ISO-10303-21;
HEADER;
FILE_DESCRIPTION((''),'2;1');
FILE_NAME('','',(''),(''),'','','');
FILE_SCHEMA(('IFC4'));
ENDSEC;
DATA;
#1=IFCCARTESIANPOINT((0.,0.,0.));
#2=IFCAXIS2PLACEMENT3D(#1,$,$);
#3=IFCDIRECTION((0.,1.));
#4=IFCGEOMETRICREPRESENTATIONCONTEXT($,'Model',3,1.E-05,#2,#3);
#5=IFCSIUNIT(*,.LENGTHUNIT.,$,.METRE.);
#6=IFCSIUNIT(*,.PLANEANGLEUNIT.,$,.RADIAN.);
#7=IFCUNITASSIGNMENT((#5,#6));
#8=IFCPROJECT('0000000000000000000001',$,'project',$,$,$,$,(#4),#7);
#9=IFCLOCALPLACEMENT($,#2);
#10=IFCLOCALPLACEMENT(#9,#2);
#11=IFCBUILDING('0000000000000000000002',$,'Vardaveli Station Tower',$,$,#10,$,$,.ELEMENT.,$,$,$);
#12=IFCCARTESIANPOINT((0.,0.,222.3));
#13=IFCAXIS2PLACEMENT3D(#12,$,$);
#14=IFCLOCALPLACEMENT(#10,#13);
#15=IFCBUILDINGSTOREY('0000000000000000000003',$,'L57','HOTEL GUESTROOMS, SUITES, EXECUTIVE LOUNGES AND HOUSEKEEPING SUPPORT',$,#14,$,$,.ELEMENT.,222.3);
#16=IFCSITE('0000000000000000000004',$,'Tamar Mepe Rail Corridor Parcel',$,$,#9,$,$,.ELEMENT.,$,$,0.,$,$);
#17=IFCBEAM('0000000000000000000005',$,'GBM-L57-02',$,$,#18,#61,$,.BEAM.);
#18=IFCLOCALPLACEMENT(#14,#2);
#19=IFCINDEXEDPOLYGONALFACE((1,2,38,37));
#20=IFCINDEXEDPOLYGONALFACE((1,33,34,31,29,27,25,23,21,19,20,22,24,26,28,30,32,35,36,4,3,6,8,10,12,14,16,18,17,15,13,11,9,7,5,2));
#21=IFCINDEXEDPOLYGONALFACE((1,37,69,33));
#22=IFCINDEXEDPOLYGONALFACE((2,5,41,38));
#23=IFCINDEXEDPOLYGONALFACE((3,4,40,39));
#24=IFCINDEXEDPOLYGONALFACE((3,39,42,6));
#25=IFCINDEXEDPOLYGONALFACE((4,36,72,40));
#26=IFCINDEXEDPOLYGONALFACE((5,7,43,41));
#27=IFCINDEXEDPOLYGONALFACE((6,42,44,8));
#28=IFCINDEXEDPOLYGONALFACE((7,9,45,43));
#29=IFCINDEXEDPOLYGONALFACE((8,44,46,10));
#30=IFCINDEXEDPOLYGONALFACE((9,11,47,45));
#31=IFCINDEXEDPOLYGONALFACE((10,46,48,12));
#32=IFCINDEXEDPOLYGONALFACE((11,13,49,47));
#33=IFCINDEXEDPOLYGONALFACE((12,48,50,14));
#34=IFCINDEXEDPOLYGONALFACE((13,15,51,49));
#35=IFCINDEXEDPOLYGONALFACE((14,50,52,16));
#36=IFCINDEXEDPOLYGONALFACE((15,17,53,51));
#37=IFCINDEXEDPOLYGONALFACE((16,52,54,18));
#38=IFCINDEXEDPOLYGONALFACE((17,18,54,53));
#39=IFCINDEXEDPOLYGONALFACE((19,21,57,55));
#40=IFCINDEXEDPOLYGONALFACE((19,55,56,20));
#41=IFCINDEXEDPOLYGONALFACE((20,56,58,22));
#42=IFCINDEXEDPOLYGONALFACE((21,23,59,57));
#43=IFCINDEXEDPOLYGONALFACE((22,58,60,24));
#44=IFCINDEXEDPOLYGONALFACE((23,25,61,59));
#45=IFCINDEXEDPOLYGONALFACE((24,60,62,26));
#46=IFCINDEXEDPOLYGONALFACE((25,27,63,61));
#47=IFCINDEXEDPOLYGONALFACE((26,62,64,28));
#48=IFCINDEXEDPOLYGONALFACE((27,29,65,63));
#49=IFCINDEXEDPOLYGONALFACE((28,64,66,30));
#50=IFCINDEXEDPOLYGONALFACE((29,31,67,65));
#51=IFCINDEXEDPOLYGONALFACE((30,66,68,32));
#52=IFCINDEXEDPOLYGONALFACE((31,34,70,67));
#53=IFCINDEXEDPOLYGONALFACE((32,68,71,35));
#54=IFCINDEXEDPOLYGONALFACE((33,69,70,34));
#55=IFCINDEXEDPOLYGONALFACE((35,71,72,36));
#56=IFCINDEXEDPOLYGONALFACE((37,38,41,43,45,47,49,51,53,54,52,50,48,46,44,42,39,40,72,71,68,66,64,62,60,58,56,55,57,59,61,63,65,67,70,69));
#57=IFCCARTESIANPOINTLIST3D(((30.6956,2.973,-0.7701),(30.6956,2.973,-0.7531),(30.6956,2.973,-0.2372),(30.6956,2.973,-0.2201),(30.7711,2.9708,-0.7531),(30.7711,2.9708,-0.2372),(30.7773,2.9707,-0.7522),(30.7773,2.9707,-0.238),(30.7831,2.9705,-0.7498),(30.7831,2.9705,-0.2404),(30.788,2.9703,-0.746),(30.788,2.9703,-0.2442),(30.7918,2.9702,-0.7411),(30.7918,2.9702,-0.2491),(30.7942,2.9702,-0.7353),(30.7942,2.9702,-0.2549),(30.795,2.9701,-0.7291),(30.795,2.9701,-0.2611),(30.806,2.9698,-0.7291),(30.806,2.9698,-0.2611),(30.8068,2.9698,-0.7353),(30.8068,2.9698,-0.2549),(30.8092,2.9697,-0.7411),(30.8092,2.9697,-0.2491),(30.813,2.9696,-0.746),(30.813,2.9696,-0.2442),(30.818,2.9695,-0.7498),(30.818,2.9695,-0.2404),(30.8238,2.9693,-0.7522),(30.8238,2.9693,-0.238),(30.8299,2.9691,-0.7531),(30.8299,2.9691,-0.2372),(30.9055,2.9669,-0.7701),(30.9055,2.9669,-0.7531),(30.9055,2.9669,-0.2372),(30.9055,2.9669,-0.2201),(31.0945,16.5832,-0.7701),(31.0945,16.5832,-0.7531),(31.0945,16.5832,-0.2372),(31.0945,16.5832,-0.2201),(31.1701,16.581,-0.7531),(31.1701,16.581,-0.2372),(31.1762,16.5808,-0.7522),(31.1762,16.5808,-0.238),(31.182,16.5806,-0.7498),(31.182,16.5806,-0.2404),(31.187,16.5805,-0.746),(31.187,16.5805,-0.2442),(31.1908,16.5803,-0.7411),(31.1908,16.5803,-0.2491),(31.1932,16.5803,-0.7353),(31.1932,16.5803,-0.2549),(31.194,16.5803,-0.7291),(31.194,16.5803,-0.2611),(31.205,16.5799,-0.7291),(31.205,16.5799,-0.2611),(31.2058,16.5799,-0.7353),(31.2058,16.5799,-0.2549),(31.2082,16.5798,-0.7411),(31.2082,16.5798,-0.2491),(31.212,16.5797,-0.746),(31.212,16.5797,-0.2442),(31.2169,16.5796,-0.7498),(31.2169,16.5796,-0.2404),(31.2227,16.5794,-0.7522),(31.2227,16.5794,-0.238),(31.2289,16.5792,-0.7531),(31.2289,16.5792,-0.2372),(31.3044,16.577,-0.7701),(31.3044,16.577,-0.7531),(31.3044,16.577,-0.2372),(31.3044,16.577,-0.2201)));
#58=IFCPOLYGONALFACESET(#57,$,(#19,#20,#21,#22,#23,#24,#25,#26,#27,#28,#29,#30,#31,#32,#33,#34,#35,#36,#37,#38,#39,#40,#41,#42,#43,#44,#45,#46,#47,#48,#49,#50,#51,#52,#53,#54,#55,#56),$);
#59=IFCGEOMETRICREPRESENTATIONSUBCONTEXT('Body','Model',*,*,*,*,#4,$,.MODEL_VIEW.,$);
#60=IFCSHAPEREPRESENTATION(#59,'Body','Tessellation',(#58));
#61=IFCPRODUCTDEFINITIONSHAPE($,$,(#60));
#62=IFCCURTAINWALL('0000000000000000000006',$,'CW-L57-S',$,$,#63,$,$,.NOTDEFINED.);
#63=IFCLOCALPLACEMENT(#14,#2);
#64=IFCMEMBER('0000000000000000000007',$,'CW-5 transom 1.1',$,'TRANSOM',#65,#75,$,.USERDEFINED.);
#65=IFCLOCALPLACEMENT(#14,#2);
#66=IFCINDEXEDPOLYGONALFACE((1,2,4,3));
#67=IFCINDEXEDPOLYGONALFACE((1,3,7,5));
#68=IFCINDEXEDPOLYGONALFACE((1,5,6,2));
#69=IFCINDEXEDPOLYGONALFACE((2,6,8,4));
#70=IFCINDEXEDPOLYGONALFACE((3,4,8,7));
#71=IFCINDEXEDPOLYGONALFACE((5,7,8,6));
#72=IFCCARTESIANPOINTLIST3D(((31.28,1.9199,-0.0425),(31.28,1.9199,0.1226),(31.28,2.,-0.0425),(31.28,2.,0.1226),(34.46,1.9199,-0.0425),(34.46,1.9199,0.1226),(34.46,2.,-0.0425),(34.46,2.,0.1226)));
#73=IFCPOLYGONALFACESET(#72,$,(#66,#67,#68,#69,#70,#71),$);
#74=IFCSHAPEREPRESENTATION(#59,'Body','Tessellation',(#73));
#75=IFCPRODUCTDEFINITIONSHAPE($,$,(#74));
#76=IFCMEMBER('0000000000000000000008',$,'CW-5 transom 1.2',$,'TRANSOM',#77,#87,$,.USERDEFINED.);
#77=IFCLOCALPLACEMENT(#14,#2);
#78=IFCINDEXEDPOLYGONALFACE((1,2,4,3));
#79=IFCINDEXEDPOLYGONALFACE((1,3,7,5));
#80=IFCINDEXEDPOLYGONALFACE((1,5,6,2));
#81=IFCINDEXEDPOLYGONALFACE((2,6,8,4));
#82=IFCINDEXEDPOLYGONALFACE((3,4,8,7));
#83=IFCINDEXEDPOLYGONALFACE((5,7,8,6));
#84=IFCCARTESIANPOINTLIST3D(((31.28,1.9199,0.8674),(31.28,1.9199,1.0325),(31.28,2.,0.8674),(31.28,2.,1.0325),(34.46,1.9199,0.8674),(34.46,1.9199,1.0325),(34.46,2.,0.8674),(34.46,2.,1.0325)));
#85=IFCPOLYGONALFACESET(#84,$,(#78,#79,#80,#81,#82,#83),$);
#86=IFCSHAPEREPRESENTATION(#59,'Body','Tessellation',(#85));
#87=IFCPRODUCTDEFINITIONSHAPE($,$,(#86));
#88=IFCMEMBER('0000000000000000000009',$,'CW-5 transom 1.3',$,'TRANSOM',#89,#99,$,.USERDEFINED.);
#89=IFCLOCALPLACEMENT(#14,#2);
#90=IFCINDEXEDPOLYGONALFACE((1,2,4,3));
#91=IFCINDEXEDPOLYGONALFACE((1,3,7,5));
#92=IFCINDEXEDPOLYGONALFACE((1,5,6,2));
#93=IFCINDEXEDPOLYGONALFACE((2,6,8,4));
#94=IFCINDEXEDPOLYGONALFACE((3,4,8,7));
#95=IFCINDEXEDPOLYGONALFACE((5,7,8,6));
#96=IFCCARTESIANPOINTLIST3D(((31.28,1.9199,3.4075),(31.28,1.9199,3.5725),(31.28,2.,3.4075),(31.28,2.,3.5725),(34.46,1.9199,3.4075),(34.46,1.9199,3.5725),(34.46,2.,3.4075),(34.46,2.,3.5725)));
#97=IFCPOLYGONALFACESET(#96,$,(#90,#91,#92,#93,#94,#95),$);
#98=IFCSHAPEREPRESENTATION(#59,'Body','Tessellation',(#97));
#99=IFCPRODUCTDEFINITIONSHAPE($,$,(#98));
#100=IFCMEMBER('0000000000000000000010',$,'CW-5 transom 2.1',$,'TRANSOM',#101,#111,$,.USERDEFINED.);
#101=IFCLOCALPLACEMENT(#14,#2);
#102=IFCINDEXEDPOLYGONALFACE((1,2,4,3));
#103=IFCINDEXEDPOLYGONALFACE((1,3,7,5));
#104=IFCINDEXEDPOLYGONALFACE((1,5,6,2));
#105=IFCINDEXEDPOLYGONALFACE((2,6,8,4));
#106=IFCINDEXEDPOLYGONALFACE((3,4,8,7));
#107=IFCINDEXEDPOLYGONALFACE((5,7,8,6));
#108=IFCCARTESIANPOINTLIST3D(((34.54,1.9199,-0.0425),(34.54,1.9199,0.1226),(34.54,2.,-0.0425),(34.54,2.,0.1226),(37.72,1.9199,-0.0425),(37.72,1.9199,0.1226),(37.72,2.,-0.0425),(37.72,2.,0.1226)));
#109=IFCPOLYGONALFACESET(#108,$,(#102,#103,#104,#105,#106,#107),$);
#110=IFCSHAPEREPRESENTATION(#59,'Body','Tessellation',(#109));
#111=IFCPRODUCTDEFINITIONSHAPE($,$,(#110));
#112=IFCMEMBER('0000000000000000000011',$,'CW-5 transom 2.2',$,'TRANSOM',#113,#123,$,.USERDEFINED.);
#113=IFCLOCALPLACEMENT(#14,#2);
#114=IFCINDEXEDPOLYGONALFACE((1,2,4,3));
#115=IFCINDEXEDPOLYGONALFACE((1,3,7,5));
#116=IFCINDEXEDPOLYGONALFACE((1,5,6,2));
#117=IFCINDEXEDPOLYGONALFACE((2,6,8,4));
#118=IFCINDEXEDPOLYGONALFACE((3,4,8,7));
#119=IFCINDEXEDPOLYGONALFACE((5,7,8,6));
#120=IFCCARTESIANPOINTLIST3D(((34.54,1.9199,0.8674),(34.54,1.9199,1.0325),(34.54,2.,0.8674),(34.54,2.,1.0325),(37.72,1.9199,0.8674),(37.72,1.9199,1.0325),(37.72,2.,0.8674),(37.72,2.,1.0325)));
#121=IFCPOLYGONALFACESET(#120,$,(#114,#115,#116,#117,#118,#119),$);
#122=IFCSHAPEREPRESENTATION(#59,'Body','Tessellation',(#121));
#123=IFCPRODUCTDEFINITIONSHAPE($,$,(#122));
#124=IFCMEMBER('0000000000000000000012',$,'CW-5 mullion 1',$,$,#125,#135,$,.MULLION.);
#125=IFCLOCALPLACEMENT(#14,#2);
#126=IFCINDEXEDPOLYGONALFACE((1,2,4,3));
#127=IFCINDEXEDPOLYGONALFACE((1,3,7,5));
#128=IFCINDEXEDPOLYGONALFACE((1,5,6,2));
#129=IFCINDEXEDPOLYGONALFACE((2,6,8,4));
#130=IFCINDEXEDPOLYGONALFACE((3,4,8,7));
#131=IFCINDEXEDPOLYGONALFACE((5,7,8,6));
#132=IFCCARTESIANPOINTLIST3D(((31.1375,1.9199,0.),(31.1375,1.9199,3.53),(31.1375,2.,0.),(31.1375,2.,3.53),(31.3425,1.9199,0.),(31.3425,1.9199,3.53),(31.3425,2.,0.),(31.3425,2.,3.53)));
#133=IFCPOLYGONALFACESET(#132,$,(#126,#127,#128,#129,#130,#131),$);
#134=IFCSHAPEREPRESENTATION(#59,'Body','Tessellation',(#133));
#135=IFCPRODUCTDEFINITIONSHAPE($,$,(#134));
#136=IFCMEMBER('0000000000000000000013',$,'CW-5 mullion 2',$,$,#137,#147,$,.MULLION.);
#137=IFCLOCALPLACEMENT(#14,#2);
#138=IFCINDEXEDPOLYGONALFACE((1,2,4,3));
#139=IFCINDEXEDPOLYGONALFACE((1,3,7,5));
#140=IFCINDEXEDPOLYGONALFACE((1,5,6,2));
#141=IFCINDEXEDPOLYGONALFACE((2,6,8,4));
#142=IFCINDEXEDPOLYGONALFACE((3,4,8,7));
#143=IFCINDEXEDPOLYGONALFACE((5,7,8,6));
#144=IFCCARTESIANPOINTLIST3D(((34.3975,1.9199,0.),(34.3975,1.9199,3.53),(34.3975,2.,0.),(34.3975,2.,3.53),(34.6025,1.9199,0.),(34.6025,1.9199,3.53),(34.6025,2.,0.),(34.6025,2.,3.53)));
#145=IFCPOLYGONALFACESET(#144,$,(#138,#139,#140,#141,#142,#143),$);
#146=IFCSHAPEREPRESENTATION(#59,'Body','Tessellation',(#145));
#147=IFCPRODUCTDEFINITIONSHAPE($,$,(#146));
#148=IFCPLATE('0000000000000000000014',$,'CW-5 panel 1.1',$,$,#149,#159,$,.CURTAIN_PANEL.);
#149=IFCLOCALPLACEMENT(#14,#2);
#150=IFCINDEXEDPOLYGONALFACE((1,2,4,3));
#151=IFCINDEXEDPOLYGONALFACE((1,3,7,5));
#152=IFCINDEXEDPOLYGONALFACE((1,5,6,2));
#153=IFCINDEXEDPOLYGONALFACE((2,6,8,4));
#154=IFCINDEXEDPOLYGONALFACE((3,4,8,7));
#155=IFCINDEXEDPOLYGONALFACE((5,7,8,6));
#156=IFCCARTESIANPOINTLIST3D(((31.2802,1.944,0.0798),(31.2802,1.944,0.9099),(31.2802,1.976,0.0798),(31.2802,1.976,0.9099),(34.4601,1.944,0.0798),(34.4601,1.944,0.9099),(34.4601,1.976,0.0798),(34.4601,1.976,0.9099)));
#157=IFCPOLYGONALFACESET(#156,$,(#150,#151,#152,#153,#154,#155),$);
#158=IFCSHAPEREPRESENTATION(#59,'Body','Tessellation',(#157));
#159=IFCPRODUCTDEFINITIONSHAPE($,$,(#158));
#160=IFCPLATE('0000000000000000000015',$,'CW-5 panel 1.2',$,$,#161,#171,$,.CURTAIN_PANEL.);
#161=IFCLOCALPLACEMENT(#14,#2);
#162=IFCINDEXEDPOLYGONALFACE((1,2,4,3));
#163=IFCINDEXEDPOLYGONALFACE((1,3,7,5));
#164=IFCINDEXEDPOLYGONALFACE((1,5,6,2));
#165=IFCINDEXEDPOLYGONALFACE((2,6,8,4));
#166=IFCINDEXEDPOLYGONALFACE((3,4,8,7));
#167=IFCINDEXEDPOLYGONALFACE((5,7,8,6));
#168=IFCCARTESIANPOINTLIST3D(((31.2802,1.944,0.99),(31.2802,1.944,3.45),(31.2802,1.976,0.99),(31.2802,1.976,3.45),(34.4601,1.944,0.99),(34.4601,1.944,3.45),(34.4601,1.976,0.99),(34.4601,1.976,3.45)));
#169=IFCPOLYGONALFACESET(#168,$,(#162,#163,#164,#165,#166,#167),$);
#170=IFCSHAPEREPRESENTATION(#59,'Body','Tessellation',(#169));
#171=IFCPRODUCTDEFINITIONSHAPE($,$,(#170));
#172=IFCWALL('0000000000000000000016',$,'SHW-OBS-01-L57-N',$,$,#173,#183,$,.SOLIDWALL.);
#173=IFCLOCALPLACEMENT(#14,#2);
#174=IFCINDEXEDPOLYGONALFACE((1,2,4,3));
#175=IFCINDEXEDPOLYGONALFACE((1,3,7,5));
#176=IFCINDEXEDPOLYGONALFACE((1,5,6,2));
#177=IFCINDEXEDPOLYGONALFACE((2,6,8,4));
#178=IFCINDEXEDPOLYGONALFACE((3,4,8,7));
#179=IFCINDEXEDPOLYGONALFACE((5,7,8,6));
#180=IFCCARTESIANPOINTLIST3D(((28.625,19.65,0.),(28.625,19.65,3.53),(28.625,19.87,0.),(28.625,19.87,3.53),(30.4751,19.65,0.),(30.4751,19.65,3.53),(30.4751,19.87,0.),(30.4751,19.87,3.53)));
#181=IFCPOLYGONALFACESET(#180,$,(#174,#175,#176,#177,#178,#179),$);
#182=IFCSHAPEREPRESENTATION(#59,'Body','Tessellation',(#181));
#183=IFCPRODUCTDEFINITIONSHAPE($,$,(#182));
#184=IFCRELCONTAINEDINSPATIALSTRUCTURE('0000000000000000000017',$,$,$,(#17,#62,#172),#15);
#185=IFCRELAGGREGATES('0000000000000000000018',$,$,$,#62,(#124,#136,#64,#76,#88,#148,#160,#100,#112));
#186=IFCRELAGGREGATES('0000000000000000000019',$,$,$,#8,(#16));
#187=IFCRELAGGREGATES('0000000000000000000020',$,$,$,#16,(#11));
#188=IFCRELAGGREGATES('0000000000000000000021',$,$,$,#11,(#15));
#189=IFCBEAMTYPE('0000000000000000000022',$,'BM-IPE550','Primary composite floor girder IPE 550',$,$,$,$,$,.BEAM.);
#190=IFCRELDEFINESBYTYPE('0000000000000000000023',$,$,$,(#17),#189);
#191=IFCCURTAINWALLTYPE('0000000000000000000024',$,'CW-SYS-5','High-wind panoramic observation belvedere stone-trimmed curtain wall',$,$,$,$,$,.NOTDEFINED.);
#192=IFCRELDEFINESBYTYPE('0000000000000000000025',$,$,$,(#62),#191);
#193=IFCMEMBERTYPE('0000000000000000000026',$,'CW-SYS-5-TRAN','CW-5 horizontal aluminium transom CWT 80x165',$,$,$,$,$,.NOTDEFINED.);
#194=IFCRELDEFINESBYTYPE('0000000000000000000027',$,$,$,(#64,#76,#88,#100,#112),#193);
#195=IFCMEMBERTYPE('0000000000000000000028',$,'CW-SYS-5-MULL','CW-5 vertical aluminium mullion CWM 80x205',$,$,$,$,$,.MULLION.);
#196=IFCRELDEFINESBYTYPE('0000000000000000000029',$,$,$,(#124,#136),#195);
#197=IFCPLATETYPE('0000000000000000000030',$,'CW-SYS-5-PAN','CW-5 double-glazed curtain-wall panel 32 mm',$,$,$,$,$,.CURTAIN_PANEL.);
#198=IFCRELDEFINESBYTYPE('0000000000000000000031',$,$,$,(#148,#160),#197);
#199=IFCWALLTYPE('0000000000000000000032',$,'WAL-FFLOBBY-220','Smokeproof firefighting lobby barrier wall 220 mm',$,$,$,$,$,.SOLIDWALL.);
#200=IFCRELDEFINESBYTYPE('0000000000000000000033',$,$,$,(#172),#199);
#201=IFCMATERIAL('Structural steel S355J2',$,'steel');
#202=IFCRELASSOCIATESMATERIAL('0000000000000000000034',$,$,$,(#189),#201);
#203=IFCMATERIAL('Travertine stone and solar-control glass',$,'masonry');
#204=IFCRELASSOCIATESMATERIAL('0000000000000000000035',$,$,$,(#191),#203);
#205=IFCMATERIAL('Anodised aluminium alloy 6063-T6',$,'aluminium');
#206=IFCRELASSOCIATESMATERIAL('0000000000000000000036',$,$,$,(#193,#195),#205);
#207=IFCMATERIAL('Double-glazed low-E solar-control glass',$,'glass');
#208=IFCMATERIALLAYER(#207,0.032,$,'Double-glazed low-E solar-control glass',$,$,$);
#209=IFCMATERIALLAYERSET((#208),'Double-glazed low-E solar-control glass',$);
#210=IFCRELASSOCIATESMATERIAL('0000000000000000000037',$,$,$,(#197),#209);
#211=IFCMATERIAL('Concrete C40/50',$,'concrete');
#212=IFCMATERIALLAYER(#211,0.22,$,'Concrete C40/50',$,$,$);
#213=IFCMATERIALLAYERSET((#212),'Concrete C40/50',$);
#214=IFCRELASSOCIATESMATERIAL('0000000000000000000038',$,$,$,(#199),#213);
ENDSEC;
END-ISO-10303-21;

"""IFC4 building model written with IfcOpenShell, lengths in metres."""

from ifc_helpers import new_model, si_unit, direction, frame, frame_2d, origin, origin_2d, place, context, subcontext, project, spatial, rectangle, i_section, extrude, source, transform, mapped, material, layer, layer_set, material_profile, profile_set, type_object, element, aggregate, save


model = new_model("IFC4")

# Units and contexts
model_context = context("Model", 3, precision=1e-05, world=origin(), true_north=direction((0.0, 1.0)))
body_context = subcontext(model_context, "Body", "Model", "MODEL_VIEW")
ifc_project = project(units=[si_unit("LENGTHUNIT", "METRE"), si_unit("PLANEANGLEUNIT", "RADIAN")], contexts=[model_context])

# Site, building, storey
site_placement = place(None, origin())
site = spatial("IfcSite", under=ifc_project, at=site_placement, Name="Tamar Mepe Rail Corridor Parcel", CompositionType="ELEMENT", RefElevation=0.0)
building_placement = place(site_placement, origin())
building = spatial("IfcBuilding", under=site, at=building_placement, Name="Vardaveli Station Tower", CompositionType="ELEMENT")
storey_placement = place(building_placement, frame((0.0, 0.0, 222.3)))
storey = spatial("IfcBuildingStorey", under=building, at=storey_placement, Name="L57", Description="HOTEL GUESTROOMS, SUITES, EXECUTIVE LOUNGES AND HOUSEKEEPING SUPPORT", CompositionType="ELEMENT", Elevation=222.3)

# Beam
ifc_material_1 = material(Name="Structural steel S355J2", Category="steel")
ifc_material_profile_1 = material_profile(ifc_material_1, i_section(OverallWidth=0.21, OverallDepth=0.55, WebThickness=0.011, FlangeThickness=0.0171, FilletRadius=0.0239, at=origin_2d()), Name="IPE 550")
ifc_profile_set_1 = profile_set([ifc_material_profile_1], Name="Structural steel S355J2")
beam_type_1 = type_object("IfcBeamType", Name="BM-IPE550", Description="Primary composite floor girder IPE 550", PredefinedType="BEAM", material=ifc_profile_set_1)
shared_shape_1 = source(origin(), body_context, "Body", "SweptSolid", [
    extrude(i_section(OverallWidth=0.21, OverallDepth=0.55, WebThickness=0.011, FlangeThickness=0.0171, FilletRadius=0.0239, at=origin_2d()), origin(), (0.0, 0.0, 1.0), 13.616),
])
beam_1_placement = place(storey_placement, frame((30.8005, 2.97, -0.4951), z_axis=(0.029298, 0.999571, 0.0), x_axis=(-0.999571, 0.029298, 0.0)))
element("IfcBeam", 1, at=beam_1_placement, inside=storey, type_object=beam_type_1, Name="GBM-L57-02", PredefinedType="BEAM", context=body_context, shape_type="MappedRepresentation", body=[
    mapped(shared_shape_1, transform((0.0, 0.0, 0.0), scale=1.0)),
])

# Curtain wall, members, plates
ifc_material_2 = material(Name="Travertine stone and solar-control glass", Category="masonry")
curtain_wall_type = type_object("IfcCurtainWallType", Name="CW-SYS-5", Description="High-wind panoramic observation belvedere stone-trimmed curtain wall", PredefinedType="NOTDEFINED", material=ifc_material_2)
curtain_wall_placement = place(storey_placement, origin())
curtain_wall = element("IfcCurtainWall", 2, at=curtain_wall_placement, inside=storey, type_object=curtain_wall_type, Name="CW-L57-S", PredefinedType="NOTDEFINED")
ifc_material_3 = material(Name="Anodised aluminium alloy 6063-T6", Category="aluminium")
ifc_material_profile_2 = material_profile(ifc_material_3, rectangle(XDim=0.0801, YDim=0.165, at=origin_2d()), Name="CWT 80x165")
ifc_profile_set_2 = profile_set([ifc_material_profile_2], Name="Anodised aluminium alloy 6063-T6")
member_type_1 = type_object("IfcMemberType", Name="CW-SYS-5-TRAN", Description="CW-5 horizontal aluminium transom CWT 80x165", PredefinedType="NOTDEFINED", material=ifc_profile_set_2)
shared_shape_2 = source(origin(), body_context, "Body", "SweptSolid", [
    extrude(rectangle(XDim=0.0801, YDim=0.165, at=origin_2d()), origin(), (0.0, 0.0, 1.0), 3.1799),
])
member_1_placement = place(storey_placement, frame((31.28, 1.96, 0.04), z_axis=(1.0, 0.0, 0.0), x_axis=(0.0, 1.0, 0.0)))
member_1 = element("IfcMember", 3, at=member_1_placement, type_object=member_type_1, Name="CW-5 transom 1.1", ObjectType="TRANSOM", PredefinedType="USERDEFINED", context=body_context, shape_type="MappedRepresentation", body=[
    mapped(shared_shape_2, transform((0.0, 0.0, 0.0), scale=1.0)),
])
member_2_placement = place(storey_placement, frame((31.28, 1.96, 0.95), z_axis=(1.0, 0.0, 0.0), x_axis=(0.0, 1.0, 0.0)))
member_2 = element("IfcMember", 4, at=member_2_placement, type_object=member_type_1, Name="CW-5 transom 1.2", ObjectType="TRANSOM", PredefinedType="USERDEFINED", context=body_context, shape_type="MappedRepresentation", body=[
    mapped(shared_shape_2, transform((0.0, 0.0, 0.0), scale=1.0)),
])
member_3_placement = place(storey_placement, frame((31.28, 1.96, 3.49), z_axis=(1.0, 0.0, 0.0), x_axis=(0.0, 1.0, 0.0)))
member_3 = element("IfcMember", 5, at=member_3_placement, type_object=member_type_1, Name="CW-5 transom 1.3", ObjectType="TRANSOM", PredefinedType="USERDEFINED", context=body_context, shape_type="MappedRepresentation", body=[
    mapped(shared_shape_2, transform((0.0, 0.0, 0.0), scale=1.0)),
])
member_4_placement = place(storey_placement, frame((34.54, 1.96, 0.04), z_axis=(1.0, 0.0, 0.0), x_axis=(0.0, 1.0, 0.0)))
member_4 = element("IfcMember", 6, at=member_4_placement, type_object=member_type_1, Name="CW-5 transom 2.1", ObjectType="TRANSOM", PredefinedType="USERDEFINED", context=body_context, shape_type="MappedRepresentation", body=[
    mapped(shared_shape_2, transform((0.0, 0.0, 0.0), scale=1.0)),
])
member_5_placement = place(storey_placement, frame((34.54, 1.96, 0.95), z_axis=(1.0, 0.0, 0.0), x_axis=(0.0, 1.0, 0.0)))
member_5 = element("IfcMember", 7, at=member_5_placement, type_object=member_type_1, Name="CW-5 transom 2.2", ObjectType="TRANSOM", PredefinedType="USERDEFINED", context=body_context, shape_type="MappedRepresentation", body=[
    mapped(shared_shape_2, transform((0.0, 0.0, 0.0), scale=1.0)),
])
ifc_material_profile_3 = material_profile(ifc_material_3, rectangle(XDim=0.0801, YDim=0.2051, at=origin_2d()), Name="CWM 80x205")
ifc_profile_set_3 = profile_set([ifc_material_profile_3], Name="Anodised aluminium alloy 6063-T6")
member_type_2 = type_object("IfcMemberType", Name="CW-SYS-5-MULL", Description="CW-5 vertical aluminium mullion CWM 80x205", PredefinedType="MULLION", material=ifc_profile_set_3)
shared_shape_3 = source(origin(), body_context, "Body", "SweptSolid", [
    extrude(rectangle(XDim=0.0801, YDim=0.2051, at=origin_2d()), origin(), (0.0, 0.0, 1.0), 3.53),
])
member_6_placement = place(storey_placement, frame((31.24, 1.96, 0.0), z_axis=(0.0, 0.0, 1.0), x_axis=(0.0, 1.0, 0.0)))
member_6 = element("IfcMember", 8, at=member_6_placement, type_object=member_type_2, Name="CW-5 mullion 1", PredefinedType="MULLION", context=body_context, shape_type="MappedRepresentation", body=[
    mapped(shared_shape_3, transform((0.0, 0.0, 0.0), scale=1.0)),
])
member_7_placement = place(storey_placement, frame((34.5, 1.96, 0.0), z_axis=(0.0, 0.0, 1.0), x_axis=(0.0, 1.0, 0.0)))
member_7 = element("IfcMember", 9, at=member_7_placement, type_object=member_type_2, Name="CW-5 mullion 2", PredefinedType="MULLION", context=body_context, shape_type="MappedRepresentation", body=[
    mapped(shared_shape_3, transform((0.0, 0.0, 0.0), scale=1.0)),
])
ifc_material_4 = material(Name="Double-glazed low-E solar-control glass", Category="glass")
ifc_layer_1 = layer(ifc_material_4, 0.032, Name="Double-glazed low-E solar-control glass")
ifc_layer_set_1 = layer_set([ifc_layer_1], Name="Double-glazed low-E solar-control glass")
plate_type = type_object("IfcPlateType", Name="CW-SYS-5-PAN", Description="CW-5 double-glazed curtain-wall panel 32 mm", PredefinedType="CURTAIN_PANEL", material=ifc_layer_set_1)
shared_shape_4 = source(origin(), body_context, "Body", "SweptSolid", [
    extrude(rectangle(XDim=3.1799, YDim=0.032, at=origin_2d()), origin(), (0.0, 0.0, 1.0), 0.8301),
])
plate_1_placement = place(storey_placement, frame((32.8701, 1.96, 0.0798), z_axis=(0.0, 0.0, 1.0), x_axis=(1.0, 0.0, 0.0)))
plate_1 = element("IfcPlate", 10, at=plate_1_placement, type_object=plate_type, Name="CW-5 panel 1.1", PredefinedType="CURTAIN_PANEL", context=body_context, shape_type="MappedRepresentation", body=[
    mapped(shared_shape_4, transform((0.0, 0.0, 0.0), scale=1.0)),
])
shared_shape_5 = source(origin(), body_context, "Body", "SweptSolid", [
    extrude(rectangle(XDim=3.1799, YDim=0.032, at=origin_2d()), origin(), (0.0, 0.0, 1.0), 2.46),
])
plate_2_placement = place(storey_placement, frame((32.8701, 1.96, 0.99), z_axis=(0.0, 0.0, 1.0), x_axis=(1.0, 0.0, 0.0)))
plate_2 = element("IfcPlate", 11, at=plate_2_placement, type_object=plate_type, Name="CW-5 panel 1.2", PredefinedType="CURTAIN_PANEL", context=body_context, shape_type="MappedRepresentation", body=[
    mapped(shared_shape_5, transform((0.0, 0.0, 0.0), scale=1.0)),
])
aggregate(curtain_wall, [member_6, member_7, member_1, member_2, member_3, plate_1, plate_2, member_4, member_5])

# Wall
ifc_material_5 = material(Name="Concrete C40/50", Category="concrete")
ifc_layer_2 = layer(ifc_material_5, 0.22, Name="Concrete C40/50")
ifc_layer_set_2 = layer_set([ifc_layer_2], Name="Concrete C40/50")
wall_type_1 = type_object("IfcWallType", Name="WAL-FFLOBBY-220", Description="Smokeproof firefighting lobby barrier wall 220 mm", PredefinedType="SOLIDWALL", material=ifc_layer_set_2)
shared_shape_6 = source(origin(), body_context, "Body", "SweptSolid", [
    extrude(rectangle(XDim=1.8501, YDim=0.22, at=frame_2d((0.925, 0.0))), origin(), (0.0, 0.0, 1.0), 3.53),
])
wall_1_placement = place(storey_placement, frame((28.625, 19.76, 0.0), z_axis=(0.0, 0.0, 1.0), x_axis=(1.0, 0.0, 0.0)))
element("IfcWall", 12, at=wall_1_placement, inside=storey, type_object=wall_type_1, Name="SHW-OBS-01-L57-N", PredefinedType="SOLIDWALL", context=body_context, shape_type="MappedRepresentation", body=[
    mapped(shared_shape_6, transform((0.0, 0.0, 0.0), scale=1.0)),
])

save(model, "model.ifc")
